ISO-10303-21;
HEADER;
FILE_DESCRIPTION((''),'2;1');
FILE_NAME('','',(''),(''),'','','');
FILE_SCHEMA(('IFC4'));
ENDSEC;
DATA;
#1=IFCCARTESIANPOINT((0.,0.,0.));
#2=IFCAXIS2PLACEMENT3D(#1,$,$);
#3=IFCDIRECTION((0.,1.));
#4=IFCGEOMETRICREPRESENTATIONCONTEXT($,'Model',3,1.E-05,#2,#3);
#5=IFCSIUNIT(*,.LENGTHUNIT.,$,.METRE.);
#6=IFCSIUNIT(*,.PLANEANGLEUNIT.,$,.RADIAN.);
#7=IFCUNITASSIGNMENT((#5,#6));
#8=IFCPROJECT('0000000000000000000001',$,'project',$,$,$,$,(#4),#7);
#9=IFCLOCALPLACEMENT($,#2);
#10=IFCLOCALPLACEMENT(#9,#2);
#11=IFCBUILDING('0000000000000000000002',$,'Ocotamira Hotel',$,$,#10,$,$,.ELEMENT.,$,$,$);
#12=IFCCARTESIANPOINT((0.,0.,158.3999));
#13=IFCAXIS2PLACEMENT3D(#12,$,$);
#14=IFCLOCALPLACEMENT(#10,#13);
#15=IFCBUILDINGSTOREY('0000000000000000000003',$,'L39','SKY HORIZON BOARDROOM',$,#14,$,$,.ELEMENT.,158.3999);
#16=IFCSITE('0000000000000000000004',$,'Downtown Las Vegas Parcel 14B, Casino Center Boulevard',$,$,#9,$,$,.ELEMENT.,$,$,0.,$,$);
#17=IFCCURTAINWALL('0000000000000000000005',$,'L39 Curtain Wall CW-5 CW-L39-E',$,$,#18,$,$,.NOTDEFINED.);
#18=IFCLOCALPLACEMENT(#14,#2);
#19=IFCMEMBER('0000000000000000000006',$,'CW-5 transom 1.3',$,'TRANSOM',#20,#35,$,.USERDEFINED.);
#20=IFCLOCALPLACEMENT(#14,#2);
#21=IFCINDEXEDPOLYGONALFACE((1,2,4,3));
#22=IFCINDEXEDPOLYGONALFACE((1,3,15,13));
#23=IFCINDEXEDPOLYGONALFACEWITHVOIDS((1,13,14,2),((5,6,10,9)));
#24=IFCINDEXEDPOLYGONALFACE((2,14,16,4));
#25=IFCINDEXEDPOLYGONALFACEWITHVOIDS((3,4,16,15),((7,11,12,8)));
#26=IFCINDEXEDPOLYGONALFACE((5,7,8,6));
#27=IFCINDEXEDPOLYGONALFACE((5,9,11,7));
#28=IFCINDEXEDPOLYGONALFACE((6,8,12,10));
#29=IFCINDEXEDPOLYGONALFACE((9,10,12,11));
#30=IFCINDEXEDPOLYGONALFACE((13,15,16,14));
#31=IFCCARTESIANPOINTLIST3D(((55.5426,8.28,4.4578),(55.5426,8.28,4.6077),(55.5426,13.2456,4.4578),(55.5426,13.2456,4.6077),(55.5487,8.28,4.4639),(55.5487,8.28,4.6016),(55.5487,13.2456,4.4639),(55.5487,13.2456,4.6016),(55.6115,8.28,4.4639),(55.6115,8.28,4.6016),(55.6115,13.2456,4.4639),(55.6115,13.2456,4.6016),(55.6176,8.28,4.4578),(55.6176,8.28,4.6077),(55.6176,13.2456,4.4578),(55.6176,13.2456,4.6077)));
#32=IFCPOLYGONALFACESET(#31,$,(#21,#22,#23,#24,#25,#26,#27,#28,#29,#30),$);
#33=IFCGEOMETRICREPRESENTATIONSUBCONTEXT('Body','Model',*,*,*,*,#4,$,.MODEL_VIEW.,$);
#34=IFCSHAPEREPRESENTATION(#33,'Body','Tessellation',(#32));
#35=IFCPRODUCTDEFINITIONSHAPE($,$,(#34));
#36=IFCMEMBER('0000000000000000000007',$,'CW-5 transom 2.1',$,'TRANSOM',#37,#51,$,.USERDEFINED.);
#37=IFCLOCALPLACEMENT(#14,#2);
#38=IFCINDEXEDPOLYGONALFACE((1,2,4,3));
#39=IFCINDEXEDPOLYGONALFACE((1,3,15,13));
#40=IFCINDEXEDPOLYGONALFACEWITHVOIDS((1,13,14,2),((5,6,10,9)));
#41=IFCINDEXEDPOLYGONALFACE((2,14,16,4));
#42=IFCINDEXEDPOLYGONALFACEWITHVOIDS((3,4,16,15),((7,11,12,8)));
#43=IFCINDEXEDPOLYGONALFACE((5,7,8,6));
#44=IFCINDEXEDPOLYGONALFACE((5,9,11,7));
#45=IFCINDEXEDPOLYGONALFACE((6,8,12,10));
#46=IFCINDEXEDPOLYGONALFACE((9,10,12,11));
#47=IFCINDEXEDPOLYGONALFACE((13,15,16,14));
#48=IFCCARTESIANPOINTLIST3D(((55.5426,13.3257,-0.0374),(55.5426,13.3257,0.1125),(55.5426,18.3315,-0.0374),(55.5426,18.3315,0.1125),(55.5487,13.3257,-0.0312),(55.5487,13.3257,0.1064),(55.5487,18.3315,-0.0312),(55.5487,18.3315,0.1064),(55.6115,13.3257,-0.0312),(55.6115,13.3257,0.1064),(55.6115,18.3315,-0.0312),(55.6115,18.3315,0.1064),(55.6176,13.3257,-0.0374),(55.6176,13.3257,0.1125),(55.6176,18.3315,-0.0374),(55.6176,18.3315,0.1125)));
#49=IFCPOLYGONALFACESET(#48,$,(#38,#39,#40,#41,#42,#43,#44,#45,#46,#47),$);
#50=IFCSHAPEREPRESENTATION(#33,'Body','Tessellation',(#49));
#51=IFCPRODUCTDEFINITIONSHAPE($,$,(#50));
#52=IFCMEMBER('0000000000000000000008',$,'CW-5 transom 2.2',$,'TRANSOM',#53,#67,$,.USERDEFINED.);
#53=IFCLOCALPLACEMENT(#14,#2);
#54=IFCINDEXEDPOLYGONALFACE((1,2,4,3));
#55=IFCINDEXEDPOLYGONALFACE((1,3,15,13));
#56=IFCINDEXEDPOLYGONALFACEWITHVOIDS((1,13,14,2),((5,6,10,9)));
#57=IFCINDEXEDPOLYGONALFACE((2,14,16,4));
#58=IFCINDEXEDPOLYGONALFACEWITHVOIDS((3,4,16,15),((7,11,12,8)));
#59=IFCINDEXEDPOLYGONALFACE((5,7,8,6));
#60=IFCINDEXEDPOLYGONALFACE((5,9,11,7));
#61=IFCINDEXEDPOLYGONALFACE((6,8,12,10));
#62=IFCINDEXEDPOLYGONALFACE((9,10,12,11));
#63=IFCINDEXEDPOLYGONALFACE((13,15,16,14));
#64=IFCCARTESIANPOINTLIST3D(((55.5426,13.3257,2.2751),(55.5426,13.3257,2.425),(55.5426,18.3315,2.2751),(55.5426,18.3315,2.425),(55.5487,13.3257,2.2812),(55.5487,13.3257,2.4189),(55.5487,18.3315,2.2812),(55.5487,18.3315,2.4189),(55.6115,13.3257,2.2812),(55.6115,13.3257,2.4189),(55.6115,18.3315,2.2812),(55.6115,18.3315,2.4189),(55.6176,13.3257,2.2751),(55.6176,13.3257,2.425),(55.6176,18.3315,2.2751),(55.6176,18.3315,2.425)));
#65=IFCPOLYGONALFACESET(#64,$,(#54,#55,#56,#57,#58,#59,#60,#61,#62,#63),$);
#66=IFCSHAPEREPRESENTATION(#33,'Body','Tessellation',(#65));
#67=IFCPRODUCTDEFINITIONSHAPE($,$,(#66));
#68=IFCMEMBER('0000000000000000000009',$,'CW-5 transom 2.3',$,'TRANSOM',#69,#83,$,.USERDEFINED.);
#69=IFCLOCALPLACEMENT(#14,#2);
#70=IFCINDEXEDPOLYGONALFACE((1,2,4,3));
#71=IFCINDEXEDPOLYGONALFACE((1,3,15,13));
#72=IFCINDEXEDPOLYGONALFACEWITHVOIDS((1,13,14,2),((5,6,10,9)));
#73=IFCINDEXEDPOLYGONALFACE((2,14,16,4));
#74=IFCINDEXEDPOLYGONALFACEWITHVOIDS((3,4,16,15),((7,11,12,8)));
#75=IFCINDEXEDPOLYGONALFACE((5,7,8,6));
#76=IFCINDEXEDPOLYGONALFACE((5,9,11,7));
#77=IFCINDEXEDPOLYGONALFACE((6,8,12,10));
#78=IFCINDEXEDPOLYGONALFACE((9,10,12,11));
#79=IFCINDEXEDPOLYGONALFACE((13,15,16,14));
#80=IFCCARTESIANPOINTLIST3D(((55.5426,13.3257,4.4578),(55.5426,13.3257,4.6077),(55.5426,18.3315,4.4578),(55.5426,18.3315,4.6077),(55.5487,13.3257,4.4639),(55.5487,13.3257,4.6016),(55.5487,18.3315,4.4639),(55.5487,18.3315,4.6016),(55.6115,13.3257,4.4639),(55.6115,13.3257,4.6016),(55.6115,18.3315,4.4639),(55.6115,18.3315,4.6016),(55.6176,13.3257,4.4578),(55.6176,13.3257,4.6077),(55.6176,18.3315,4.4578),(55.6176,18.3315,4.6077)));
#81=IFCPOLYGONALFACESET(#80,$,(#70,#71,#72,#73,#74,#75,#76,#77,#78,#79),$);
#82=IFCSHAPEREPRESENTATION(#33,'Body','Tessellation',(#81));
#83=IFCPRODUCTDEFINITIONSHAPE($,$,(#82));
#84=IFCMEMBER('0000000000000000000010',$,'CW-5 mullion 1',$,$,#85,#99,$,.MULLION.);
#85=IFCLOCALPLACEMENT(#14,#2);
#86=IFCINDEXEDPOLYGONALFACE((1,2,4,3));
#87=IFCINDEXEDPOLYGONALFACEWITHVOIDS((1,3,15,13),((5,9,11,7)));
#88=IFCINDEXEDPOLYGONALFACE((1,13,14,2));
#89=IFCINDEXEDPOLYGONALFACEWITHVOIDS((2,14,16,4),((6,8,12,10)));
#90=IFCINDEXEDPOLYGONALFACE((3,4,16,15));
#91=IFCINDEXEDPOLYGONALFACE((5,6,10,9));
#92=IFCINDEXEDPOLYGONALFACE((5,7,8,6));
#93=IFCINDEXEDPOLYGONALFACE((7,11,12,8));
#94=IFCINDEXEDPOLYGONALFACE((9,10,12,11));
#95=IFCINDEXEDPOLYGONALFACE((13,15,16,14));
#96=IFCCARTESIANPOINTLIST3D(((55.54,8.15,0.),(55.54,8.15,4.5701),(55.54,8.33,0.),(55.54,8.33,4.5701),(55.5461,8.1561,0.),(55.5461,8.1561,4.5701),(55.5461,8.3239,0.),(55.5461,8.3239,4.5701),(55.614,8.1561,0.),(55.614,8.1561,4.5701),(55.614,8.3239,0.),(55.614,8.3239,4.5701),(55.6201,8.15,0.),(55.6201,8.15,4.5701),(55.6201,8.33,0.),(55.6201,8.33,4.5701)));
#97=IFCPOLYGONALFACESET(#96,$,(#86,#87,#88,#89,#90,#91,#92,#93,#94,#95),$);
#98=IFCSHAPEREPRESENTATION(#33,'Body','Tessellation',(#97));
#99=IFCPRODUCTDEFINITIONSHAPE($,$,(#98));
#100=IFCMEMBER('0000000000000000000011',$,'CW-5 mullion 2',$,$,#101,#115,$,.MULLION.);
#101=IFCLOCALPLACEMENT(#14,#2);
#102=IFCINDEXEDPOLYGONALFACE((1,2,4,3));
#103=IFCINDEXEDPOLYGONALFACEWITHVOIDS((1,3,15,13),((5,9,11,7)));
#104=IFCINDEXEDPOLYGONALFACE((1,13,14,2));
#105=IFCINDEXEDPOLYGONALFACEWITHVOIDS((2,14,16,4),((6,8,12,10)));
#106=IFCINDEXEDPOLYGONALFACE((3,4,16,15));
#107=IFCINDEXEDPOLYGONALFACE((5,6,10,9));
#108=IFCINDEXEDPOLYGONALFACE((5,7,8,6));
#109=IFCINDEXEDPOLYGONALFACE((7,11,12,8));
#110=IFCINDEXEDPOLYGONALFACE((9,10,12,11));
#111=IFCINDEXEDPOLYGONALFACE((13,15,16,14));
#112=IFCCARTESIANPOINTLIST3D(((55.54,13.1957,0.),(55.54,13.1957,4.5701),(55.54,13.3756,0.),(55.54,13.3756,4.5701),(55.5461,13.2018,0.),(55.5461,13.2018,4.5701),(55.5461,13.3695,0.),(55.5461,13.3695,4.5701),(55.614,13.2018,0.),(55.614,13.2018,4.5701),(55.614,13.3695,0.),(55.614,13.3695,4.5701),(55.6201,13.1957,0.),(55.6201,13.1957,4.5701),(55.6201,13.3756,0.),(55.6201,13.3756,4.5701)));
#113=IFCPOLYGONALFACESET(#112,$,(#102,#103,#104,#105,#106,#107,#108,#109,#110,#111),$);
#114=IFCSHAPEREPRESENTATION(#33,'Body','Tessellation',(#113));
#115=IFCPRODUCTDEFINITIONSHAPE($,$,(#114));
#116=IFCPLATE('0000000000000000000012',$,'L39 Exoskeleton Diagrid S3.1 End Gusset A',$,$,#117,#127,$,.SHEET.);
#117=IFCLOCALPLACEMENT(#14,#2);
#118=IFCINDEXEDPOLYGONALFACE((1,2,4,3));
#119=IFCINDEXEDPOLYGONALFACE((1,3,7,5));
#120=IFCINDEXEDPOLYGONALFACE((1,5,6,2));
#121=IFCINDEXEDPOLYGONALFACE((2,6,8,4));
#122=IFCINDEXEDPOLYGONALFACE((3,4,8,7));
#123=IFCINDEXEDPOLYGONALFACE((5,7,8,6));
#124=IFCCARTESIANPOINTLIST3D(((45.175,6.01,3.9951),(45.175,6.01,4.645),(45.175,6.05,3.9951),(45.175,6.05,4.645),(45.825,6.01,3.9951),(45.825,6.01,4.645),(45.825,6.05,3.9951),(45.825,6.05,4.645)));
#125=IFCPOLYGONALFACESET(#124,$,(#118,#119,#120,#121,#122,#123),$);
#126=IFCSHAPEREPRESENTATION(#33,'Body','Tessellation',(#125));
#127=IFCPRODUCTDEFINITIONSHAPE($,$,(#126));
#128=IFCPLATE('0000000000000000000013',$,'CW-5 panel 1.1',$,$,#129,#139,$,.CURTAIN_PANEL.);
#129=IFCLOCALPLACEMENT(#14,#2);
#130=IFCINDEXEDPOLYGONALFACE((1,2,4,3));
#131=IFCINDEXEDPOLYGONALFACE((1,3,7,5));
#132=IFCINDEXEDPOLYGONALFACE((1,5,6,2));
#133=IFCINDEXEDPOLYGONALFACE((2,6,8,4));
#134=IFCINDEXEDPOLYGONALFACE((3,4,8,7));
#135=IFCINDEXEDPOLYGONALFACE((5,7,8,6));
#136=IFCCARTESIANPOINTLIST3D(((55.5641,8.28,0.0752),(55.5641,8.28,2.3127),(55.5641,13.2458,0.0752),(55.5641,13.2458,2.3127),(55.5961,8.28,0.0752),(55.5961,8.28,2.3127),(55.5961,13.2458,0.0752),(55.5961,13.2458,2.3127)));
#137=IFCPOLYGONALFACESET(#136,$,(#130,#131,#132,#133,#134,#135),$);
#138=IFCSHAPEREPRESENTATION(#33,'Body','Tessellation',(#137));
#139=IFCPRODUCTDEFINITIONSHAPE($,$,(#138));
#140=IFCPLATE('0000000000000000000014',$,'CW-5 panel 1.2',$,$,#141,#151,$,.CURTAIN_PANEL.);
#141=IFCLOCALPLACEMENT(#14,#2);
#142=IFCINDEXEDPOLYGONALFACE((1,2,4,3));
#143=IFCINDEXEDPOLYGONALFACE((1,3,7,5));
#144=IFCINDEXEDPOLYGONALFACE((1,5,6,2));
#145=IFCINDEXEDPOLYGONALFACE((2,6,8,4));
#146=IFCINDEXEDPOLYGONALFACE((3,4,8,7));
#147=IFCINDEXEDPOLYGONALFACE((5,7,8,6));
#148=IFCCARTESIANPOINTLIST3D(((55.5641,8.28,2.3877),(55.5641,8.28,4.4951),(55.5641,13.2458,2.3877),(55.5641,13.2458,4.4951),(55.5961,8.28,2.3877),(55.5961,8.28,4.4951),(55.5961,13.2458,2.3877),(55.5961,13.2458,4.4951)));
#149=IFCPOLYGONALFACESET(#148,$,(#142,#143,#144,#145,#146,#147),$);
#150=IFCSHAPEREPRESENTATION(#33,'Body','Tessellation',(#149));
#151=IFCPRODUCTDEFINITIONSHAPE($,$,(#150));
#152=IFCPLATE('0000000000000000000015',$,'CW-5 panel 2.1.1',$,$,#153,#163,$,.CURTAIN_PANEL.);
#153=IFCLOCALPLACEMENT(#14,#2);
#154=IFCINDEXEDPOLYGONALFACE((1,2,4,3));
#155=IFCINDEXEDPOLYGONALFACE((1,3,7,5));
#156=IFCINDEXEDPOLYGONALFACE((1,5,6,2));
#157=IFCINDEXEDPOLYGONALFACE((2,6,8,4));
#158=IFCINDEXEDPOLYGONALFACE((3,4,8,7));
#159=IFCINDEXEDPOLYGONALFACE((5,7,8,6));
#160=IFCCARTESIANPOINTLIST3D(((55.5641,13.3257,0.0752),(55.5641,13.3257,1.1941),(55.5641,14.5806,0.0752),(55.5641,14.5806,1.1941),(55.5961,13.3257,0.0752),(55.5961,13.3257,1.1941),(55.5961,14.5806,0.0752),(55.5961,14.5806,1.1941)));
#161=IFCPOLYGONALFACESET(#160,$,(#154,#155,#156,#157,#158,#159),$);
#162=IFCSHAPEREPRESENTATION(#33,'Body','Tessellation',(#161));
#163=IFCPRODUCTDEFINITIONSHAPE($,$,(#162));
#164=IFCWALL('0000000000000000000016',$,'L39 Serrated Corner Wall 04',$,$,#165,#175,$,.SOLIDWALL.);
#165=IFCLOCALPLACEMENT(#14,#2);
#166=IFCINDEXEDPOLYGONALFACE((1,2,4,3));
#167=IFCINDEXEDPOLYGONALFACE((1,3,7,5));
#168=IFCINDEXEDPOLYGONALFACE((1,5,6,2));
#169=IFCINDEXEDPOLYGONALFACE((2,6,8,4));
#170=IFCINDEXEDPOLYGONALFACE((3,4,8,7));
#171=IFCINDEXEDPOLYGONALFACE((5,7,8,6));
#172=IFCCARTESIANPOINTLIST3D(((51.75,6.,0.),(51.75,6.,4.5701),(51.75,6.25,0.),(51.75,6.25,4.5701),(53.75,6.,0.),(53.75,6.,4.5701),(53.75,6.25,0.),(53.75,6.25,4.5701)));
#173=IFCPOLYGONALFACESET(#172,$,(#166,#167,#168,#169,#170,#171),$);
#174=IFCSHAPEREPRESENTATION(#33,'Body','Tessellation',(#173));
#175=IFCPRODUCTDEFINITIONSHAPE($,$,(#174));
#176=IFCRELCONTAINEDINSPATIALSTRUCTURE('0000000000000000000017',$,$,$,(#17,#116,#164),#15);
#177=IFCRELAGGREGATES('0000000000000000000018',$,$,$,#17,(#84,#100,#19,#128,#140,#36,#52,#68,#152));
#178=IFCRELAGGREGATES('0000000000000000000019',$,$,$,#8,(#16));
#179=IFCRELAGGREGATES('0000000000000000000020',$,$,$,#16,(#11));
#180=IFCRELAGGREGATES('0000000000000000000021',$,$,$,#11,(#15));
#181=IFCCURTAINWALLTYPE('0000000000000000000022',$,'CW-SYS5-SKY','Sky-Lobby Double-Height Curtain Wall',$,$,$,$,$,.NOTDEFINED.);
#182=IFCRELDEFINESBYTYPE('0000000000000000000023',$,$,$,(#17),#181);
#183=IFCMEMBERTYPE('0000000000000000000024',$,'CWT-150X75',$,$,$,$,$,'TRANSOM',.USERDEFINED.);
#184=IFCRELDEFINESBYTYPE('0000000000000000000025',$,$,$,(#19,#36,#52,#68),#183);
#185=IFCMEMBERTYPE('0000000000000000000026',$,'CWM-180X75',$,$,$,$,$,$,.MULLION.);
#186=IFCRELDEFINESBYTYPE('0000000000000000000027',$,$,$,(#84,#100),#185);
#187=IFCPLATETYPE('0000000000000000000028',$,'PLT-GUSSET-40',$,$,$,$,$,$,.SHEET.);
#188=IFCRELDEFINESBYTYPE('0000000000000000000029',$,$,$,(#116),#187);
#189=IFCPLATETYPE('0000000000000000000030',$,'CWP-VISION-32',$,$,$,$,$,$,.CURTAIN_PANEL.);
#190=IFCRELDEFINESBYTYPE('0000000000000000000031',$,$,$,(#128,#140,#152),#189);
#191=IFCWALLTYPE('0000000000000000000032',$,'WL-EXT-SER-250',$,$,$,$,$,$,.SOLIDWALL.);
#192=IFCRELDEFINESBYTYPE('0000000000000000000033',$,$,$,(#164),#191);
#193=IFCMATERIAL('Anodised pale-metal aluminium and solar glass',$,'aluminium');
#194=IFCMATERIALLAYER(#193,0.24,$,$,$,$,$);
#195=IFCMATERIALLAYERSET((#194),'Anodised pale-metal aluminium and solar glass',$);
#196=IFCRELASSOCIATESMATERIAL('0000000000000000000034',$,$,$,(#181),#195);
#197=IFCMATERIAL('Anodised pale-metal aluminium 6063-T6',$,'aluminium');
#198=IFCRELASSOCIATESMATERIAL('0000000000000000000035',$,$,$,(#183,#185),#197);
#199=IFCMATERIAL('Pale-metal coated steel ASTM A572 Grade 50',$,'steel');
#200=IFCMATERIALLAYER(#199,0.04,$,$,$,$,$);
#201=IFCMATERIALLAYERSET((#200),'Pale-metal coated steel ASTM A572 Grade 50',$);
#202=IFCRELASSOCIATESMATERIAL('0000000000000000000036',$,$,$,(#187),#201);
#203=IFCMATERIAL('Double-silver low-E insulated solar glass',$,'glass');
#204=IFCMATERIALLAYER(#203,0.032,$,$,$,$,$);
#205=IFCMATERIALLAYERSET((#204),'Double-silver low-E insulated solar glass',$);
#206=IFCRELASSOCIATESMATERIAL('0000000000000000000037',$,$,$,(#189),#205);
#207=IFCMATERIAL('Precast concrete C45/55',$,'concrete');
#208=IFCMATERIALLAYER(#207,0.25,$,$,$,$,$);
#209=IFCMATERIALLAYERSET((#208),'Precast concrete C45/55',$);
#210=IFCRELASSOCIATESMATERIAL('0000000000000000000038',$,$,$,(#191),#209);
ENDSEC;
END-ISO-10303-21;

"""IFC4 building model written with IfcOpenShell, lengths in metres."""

from ifc_helpers import new_model, si_unit, direction, frame, frame_2d, origin, origin_2d, place, context, subcontext, project, spatial, rectangle, hollow_rectangle, extrude, source, transform, mapped, material, layer, layer_set, material_profile, profile_set, type_object, element, aggregate, save


model = new_model("IFC4")

# Units and contexts
model_context = context("Model", 3, precision=1e-05, world=origin(), true_north=direction((0.0, 1.0)))
body_context = subcontext(model_context, "Body", "Model", "MODEL_VIEW")
ifc_project = project(units=[si_unit("LENGTHUNIT", "METRE"), si_unit("PLANEANGLEUNIT", "RADIAN")], contexts=[model_context])

# Site, building, storey
site_placement = place(None, origin())
site = spatial("IfcSite", under=ifc_project, at=site_placement, Name="Downtown Las Vegas Parcel 14B, Casino Center Boulevard", CompositionType="ELEMENT", RefElevation=0.0)
building_placement = place(site_placement, origin())
building = spatial("IfcBuilding", under=site, at=building_placement, Name="Ocotamira Hotel", CompositionType="ELEMENT")
storey_placement = place(building_placement, frame((0.0, 0.0, 158.3999)))
storey = spatial("IfcBuildingStorey", under=building, at=storey_placement, Name="L39", Description="SKY HORIZON BOARDROOM", CompositionType="ELEMENT", Elevation=158.3999)

# Curtain wall, members
ifc_material_1 = material(Name="Anodised pale-metal aluminium and solar glass", Category="aluminium")
ifc_layer_1 = layer(ifc_material_1, 0.24)
ifc_layer_set_1 = layer_set([ifc_layer_1], Name="Anodised pale-metal aluminium and solar glass")
curtain_wall_type = type_object("IfcCurtainWallType", Name="CW-SYS5-SKY", Description="Sky-Lobby Double-Height Curtain Wall", PredefinedType="NOTDEFINED", material=ifc_layer_set_1)
curtain_wall_placement = place(storey_placement, origin())
curtain_wall = element("IfcCurtainWall", 1, at=curtain_wall_placement, inside=storey, type_object=curtain_wall_type, Name="L39 Curtain Wall CW-5 CW-L39-E", PredefinedType="NOTDEFINED")
ifc_material_2 = material(Name="Anodised pale-metal aluminium 6063-T6", Category="aluminium")
ifc_material_profile_1 = material_profile(ifc_material_2, hollow_rectangle(XDim=0.075, YDim=0.1499, WallThickness=0.0061, at=origin_2d()), Name="HSS150X75X6")
ifc_profile_set_1 = profile_set([ifc_material_profile_1], Name="Anodised pale-metal aluminium 6063-T6")
member_type_1 = type_object("IfcMemberType", Name="CWT-150X75", ElementType="TRANSOM", PredefinedType="USERDEFINED", material=ifc_profile_set_1)
shared_shape_1 = source(origin(), body_context, "Body", "SweptSolid", [
    extrude(hollow_rectangle(XDim=0.075, YDim=0.1499, WallThickness=0.0061, at=origin_2d()), origin(), (0.0, 0.0, 1.0), 4.9656),
])
member_1_placement = place(storey_placement, frame((55.5801, 8.28, 4.5327), z_axis=(0.0, 1.0, 0.0), x_axis=(-1.0, 0.0, 0.0)))
member_1 = element("IfcMember", 2, at=member_1_placement, type_object=member_type_1, Name="CW-5 transom 1.3", ObjectType="TRANSOM", PredefinedType="USERDEFINED", context=body_context, shape_type="MappedRepresentation", body=[
    mapped(shared_shape_1, transform((0.0, 0.0, 0.0), scale=1.0)),
])
shared_shape_2 = source(origin(), body_context, "Body", "SweptSolid", [
    extrude(hollow_rectangle(XDim=0.075, YDim=0.1499, WallThickness=0.0061, at=origin_2d()), origin(), (0.0, 0.0, 1.0), 5.0059),
])
member_2_placement = place(storey_placement, frame((55.5801, 13.3257, 0.0376), z_axis=(0.0, 1.0, 0.0), x_axis=(-1.0, 0.0, 0.0)))
member_2 = element("IfcMember", 3, at=member_2_placement, type_object=member_type_1, Name="CW-5 transom 2.1", ObjectType="TRANSOM", PredefinedType="USERDEFINED", context=body_context, shape_type="MappedRepresentation", body=[
    mapped(shared_shape_2, transform((0.0, 0.0, 0.0), scale=1.0)),
])
member_3_placement = place(storey_placement, frame((55.5801, 13.3257, 2.3501), z_axis=(0.0, 1.0, 0.0), x_axis=(-1.0, 0.0, 0.0)))
member_3 = element("IfcMember", 4, at=member_3_placement, type_object=member_type_1, Name="CW-5 transom 2.2", ObjectType="TRANSOM", PredefinedType="USERDEFINED", context=body_context, shape_type="MappedRepresentation", body=[
    mapped(shared_shape_2, transform((0.0, 0.0, 0.0), scale=1.0)),
])
member_4_placement = place(storey_placement, frame((55.5801, 13.3257, 4.5327), z_axis=(0.0, 1.0, 0.0), x_axis=(-1.0, 0.0, 0.0)))
member_4 = element("IfcMember", 5, at=member_4_placement, type_object=member_type_1, Name="CW-5 transom 2.3", ObjectType="TRANSOM", PredefinedType="USERDEFINED", context=body_context, shape_type="MappedRepresentation", body=[
    mapped(shared_shape_2, transform((0.0, 0.0, 0.0), scale=1.0)),
])
ifc_material_profile_2 = material_profile(ifc_material_2, hollow_rectangle(XDim=0.0801, YDim=0.1799, WallThickness=0.0061, at=origin_2d()), Name="HSS180X80X6")
ifc_profile_set_2 = profile_set([ifc_material_profile_2], Name="Anodised pale-metal aluminium 6063-T6")
member_type_2 = type_object("IfcMemberType", Name="CWM-180X75", PredefinedType="MULLION", material=ifc_profile_set_2)
shared_shape_3 = source(origin(), body_context, "Body", "SweptSolid", [
    extrude(hollow_rectangle(XDim=0.0801, YDim=0.1799, WallThickness=0.0061, at=origin_2d()), origin(), (0.0, 0.0, 1.0), 4.5701),
])
member_5_placement = place(storey_placement, frame((55.5801, 8.24, 0.0), z_axis=(0.0, 0.0, 1.0), x_axis=(-1.0, 0.0, 0.0)))
member_5 = element("IfcMember", 6, at=member_5_placement, type_object=member_type_2, Name="CW-5 mullion 1", PredefinedType="MULLION", context=body_context, shape_type="MappedRepresentation", body=[
    mapped(shared_shape_3, transform((0.0, 0.0, 0.0), scale=1.0)),
])
member_6_placement = place(storey_placement, frame((55.5801, 13.2856, 0.0), z_axis=(0.0, 0.0, 1.0), x_axis=(-1.0, 0.0, 0.0)))
member_6 = element("IfcMember", 7, at=member_6_placement, type_object=member_type_2, Name="CW-5 mullion 2", PredefinedType="MULLION", context=body_context, shape_type="MappedRepresentation", body=[
    mapped(shared_shape_3, transform((0.0, 0.0, 0.0), scale=1.0)),
])

# Plates
ifc_material_3 = material(Name="Pale-metal coated steel ASTM A572 Grade 50", Category="steel")
ifc_layer_2 = layer(ifc_material_3, 0.04)
ifc_layer_set_2 = layer_set([ifc_layer_2], Name="Pale-metal coated steel ASTM A572 Grade 50")
plate_type_1 = type_object("IfcPlateType", Name="PLT-GUSSET-40", PredefinedType="SHEET", material=ifc_layer_set_2)
shared_shape_4 = source(origin(), body_context, "Body", "SweptSolid", [
    extrude(rectangle(XDim=0.6499, YDim=0.04, at=origin_2d()), origin(), (0.0, 0.0, 1.0), 0.6499),
])
plate_1_placement = place(storey_placement, frame((45.5, 6.03, 3.9951), z_axis=(0.0, 0.0, 1.0), x_axis=(-1.0, 0.0, 0.0)))
element("IfcPlate", 8, at=plate_1_placement, inside=storey, type_object=plate_type_1, Name="L39 Exoskeleton Diagrid S3.1 End Gusset A", PredefinedType="SHEET", context=body_context, shape_type="MappedRepresentation", body=[
    mapped(shared_shape_4, transform((0.0, 0.0, 0.0), scale=1.0)),
])
ifc_material_4 = material(Name="Double-silver low-E insulated solar glass", Category="glass")
ifc_layer_3 = layer(ifc_material_4, 0.032)
ifc_layer_set_3 = layer_set([ifc_layer_3], Name="Double-silver low-E insulated solar glass")
plate_type_2 = type_object("IfcPlateType", Name="CWP-VISION-32", PredefinedType="CURTAIN_PANEL", material=ifc_layer_set_3)
shared_shape_5 = source(origin(), body_context, "Body", "SweptSolid", [
    extrude(rectangle(XDim=4.9658, YDim=0.032, at=origin_2d()), origin(), (0.0, 0.0, 1.0), 2.2375),
])
plate_2_placement = place(storey_placement, frame((55.5801, 10.7629, 0.0752), z_axis=(0.0, 0.0, 1.0), x_axis=(0.0, 1.0, 0.0)))
plate_2 = element("IfcPlate", 9, at=plate_2_placement, type_object=plate_type_2, Name="CW-5 panel 1.1", PredefinedType="CURTAIN_PANEL", context=body_context, shape_type="MappedRepresentation", body=[
    mapped(shared_shape_5, transform((0.0, 0.0, 0.0), scale=1.0)),
])
shared_shape_6 = source(origin(), body_context, "Body", "SweptSolid", [
    extrude(rectangle(XDim=4.9658, YDim=0.032, at=origin_2d()), origin(), (0.0, 0.0, 1.0), 2.1074),
])
plate_3_placement = place(storey_placement, frame((55.5801, 10.7629, 2.3877), z_axis=(0.0, 0.0, 1.0), x_axis=(0.0, 1.0, 0.0)))
plate_3 = element("IfcPlate", 10, at=plate_3_placement, type_object=plate_type_2, Name="CW-5 panel 1.2", PredefinedType="CURTAIN_PANEL", context=body_context, shape_type="MappedRepresentation", body=[
    mapped(shared_shape_6, transform((0.0, 0.0, 0.0), scale=1.0)),
])
shared_shape_7 = source(origin(), body_context, "Body", "SweptSolid", [
    extrude(rectangle(XDim=1.2549, YDim=0.032, at=origin_2d()), origin(), (0.0, 0.0, 1.0), 1.1189),
])
plate_4_placement = place(storey_placement, frame((55.5801, 13.9531, 0.0752), z_axis=(0.0, 0.0, 1.0), x_axis=(0.0, 1.0, 0.0)))
plate_4 = element("IfcPlate", 11, at=plate_4_placement, type_object=plate_type_2, Name="CW-5 panel 2.1.1", PredefinedType="CURTAIN_PANEL", context=body_context, shape_type="MappedRepresentation", body=[
    mapped(shared_shape_7, transform((0.0, 0.0, 0.0), scale=1.0)),
])
aggregate(curtain_wall, [member_5, member_6, member_1, plate_2, plate_3, member_2, member_3, member_4, plate_4])

# Wall
ifc_material_5 = material(Name="Precast concrete C45/55", Category="concrete")
ifc_layer_4 = layer(ifc_material_5, 0.25)
ifc_layer_set_4 = layer_set([ifc_layer_4], Name="Precast concrete C45/55")
wall_type_1 = type_object("IfcWallType", Name="WL-EXT-SER-250", PredefinedType="SOLIDWALL", material=ifc_layer_set_4)
for number, where, z_axis, x_axis, name in (
    (12, (51.75, 6.125, 0.0), (0.0, 0.0, 1.0), (1.0, 0.0, 0.0), "L39 Serrated Corner Wall 04"),
):
    element("IfcWall", number, at=place(storey_placement, frame(where, z_axis=z_axis, x_axis=x_axis)), inside=storey, type_object=wall_type_1, Name=name, PredefinedType="SOLIDWALL", context=body_context, shape_type="SweptSolid", body=[
        extrude(rectangle(XDim=2.0, YDim=0.25, at=frame_2d((1.0, 0.0))), origin(), (0.0, 0.0, 1.0), 4.5701),
    ])

save(model, "model.ifc")
